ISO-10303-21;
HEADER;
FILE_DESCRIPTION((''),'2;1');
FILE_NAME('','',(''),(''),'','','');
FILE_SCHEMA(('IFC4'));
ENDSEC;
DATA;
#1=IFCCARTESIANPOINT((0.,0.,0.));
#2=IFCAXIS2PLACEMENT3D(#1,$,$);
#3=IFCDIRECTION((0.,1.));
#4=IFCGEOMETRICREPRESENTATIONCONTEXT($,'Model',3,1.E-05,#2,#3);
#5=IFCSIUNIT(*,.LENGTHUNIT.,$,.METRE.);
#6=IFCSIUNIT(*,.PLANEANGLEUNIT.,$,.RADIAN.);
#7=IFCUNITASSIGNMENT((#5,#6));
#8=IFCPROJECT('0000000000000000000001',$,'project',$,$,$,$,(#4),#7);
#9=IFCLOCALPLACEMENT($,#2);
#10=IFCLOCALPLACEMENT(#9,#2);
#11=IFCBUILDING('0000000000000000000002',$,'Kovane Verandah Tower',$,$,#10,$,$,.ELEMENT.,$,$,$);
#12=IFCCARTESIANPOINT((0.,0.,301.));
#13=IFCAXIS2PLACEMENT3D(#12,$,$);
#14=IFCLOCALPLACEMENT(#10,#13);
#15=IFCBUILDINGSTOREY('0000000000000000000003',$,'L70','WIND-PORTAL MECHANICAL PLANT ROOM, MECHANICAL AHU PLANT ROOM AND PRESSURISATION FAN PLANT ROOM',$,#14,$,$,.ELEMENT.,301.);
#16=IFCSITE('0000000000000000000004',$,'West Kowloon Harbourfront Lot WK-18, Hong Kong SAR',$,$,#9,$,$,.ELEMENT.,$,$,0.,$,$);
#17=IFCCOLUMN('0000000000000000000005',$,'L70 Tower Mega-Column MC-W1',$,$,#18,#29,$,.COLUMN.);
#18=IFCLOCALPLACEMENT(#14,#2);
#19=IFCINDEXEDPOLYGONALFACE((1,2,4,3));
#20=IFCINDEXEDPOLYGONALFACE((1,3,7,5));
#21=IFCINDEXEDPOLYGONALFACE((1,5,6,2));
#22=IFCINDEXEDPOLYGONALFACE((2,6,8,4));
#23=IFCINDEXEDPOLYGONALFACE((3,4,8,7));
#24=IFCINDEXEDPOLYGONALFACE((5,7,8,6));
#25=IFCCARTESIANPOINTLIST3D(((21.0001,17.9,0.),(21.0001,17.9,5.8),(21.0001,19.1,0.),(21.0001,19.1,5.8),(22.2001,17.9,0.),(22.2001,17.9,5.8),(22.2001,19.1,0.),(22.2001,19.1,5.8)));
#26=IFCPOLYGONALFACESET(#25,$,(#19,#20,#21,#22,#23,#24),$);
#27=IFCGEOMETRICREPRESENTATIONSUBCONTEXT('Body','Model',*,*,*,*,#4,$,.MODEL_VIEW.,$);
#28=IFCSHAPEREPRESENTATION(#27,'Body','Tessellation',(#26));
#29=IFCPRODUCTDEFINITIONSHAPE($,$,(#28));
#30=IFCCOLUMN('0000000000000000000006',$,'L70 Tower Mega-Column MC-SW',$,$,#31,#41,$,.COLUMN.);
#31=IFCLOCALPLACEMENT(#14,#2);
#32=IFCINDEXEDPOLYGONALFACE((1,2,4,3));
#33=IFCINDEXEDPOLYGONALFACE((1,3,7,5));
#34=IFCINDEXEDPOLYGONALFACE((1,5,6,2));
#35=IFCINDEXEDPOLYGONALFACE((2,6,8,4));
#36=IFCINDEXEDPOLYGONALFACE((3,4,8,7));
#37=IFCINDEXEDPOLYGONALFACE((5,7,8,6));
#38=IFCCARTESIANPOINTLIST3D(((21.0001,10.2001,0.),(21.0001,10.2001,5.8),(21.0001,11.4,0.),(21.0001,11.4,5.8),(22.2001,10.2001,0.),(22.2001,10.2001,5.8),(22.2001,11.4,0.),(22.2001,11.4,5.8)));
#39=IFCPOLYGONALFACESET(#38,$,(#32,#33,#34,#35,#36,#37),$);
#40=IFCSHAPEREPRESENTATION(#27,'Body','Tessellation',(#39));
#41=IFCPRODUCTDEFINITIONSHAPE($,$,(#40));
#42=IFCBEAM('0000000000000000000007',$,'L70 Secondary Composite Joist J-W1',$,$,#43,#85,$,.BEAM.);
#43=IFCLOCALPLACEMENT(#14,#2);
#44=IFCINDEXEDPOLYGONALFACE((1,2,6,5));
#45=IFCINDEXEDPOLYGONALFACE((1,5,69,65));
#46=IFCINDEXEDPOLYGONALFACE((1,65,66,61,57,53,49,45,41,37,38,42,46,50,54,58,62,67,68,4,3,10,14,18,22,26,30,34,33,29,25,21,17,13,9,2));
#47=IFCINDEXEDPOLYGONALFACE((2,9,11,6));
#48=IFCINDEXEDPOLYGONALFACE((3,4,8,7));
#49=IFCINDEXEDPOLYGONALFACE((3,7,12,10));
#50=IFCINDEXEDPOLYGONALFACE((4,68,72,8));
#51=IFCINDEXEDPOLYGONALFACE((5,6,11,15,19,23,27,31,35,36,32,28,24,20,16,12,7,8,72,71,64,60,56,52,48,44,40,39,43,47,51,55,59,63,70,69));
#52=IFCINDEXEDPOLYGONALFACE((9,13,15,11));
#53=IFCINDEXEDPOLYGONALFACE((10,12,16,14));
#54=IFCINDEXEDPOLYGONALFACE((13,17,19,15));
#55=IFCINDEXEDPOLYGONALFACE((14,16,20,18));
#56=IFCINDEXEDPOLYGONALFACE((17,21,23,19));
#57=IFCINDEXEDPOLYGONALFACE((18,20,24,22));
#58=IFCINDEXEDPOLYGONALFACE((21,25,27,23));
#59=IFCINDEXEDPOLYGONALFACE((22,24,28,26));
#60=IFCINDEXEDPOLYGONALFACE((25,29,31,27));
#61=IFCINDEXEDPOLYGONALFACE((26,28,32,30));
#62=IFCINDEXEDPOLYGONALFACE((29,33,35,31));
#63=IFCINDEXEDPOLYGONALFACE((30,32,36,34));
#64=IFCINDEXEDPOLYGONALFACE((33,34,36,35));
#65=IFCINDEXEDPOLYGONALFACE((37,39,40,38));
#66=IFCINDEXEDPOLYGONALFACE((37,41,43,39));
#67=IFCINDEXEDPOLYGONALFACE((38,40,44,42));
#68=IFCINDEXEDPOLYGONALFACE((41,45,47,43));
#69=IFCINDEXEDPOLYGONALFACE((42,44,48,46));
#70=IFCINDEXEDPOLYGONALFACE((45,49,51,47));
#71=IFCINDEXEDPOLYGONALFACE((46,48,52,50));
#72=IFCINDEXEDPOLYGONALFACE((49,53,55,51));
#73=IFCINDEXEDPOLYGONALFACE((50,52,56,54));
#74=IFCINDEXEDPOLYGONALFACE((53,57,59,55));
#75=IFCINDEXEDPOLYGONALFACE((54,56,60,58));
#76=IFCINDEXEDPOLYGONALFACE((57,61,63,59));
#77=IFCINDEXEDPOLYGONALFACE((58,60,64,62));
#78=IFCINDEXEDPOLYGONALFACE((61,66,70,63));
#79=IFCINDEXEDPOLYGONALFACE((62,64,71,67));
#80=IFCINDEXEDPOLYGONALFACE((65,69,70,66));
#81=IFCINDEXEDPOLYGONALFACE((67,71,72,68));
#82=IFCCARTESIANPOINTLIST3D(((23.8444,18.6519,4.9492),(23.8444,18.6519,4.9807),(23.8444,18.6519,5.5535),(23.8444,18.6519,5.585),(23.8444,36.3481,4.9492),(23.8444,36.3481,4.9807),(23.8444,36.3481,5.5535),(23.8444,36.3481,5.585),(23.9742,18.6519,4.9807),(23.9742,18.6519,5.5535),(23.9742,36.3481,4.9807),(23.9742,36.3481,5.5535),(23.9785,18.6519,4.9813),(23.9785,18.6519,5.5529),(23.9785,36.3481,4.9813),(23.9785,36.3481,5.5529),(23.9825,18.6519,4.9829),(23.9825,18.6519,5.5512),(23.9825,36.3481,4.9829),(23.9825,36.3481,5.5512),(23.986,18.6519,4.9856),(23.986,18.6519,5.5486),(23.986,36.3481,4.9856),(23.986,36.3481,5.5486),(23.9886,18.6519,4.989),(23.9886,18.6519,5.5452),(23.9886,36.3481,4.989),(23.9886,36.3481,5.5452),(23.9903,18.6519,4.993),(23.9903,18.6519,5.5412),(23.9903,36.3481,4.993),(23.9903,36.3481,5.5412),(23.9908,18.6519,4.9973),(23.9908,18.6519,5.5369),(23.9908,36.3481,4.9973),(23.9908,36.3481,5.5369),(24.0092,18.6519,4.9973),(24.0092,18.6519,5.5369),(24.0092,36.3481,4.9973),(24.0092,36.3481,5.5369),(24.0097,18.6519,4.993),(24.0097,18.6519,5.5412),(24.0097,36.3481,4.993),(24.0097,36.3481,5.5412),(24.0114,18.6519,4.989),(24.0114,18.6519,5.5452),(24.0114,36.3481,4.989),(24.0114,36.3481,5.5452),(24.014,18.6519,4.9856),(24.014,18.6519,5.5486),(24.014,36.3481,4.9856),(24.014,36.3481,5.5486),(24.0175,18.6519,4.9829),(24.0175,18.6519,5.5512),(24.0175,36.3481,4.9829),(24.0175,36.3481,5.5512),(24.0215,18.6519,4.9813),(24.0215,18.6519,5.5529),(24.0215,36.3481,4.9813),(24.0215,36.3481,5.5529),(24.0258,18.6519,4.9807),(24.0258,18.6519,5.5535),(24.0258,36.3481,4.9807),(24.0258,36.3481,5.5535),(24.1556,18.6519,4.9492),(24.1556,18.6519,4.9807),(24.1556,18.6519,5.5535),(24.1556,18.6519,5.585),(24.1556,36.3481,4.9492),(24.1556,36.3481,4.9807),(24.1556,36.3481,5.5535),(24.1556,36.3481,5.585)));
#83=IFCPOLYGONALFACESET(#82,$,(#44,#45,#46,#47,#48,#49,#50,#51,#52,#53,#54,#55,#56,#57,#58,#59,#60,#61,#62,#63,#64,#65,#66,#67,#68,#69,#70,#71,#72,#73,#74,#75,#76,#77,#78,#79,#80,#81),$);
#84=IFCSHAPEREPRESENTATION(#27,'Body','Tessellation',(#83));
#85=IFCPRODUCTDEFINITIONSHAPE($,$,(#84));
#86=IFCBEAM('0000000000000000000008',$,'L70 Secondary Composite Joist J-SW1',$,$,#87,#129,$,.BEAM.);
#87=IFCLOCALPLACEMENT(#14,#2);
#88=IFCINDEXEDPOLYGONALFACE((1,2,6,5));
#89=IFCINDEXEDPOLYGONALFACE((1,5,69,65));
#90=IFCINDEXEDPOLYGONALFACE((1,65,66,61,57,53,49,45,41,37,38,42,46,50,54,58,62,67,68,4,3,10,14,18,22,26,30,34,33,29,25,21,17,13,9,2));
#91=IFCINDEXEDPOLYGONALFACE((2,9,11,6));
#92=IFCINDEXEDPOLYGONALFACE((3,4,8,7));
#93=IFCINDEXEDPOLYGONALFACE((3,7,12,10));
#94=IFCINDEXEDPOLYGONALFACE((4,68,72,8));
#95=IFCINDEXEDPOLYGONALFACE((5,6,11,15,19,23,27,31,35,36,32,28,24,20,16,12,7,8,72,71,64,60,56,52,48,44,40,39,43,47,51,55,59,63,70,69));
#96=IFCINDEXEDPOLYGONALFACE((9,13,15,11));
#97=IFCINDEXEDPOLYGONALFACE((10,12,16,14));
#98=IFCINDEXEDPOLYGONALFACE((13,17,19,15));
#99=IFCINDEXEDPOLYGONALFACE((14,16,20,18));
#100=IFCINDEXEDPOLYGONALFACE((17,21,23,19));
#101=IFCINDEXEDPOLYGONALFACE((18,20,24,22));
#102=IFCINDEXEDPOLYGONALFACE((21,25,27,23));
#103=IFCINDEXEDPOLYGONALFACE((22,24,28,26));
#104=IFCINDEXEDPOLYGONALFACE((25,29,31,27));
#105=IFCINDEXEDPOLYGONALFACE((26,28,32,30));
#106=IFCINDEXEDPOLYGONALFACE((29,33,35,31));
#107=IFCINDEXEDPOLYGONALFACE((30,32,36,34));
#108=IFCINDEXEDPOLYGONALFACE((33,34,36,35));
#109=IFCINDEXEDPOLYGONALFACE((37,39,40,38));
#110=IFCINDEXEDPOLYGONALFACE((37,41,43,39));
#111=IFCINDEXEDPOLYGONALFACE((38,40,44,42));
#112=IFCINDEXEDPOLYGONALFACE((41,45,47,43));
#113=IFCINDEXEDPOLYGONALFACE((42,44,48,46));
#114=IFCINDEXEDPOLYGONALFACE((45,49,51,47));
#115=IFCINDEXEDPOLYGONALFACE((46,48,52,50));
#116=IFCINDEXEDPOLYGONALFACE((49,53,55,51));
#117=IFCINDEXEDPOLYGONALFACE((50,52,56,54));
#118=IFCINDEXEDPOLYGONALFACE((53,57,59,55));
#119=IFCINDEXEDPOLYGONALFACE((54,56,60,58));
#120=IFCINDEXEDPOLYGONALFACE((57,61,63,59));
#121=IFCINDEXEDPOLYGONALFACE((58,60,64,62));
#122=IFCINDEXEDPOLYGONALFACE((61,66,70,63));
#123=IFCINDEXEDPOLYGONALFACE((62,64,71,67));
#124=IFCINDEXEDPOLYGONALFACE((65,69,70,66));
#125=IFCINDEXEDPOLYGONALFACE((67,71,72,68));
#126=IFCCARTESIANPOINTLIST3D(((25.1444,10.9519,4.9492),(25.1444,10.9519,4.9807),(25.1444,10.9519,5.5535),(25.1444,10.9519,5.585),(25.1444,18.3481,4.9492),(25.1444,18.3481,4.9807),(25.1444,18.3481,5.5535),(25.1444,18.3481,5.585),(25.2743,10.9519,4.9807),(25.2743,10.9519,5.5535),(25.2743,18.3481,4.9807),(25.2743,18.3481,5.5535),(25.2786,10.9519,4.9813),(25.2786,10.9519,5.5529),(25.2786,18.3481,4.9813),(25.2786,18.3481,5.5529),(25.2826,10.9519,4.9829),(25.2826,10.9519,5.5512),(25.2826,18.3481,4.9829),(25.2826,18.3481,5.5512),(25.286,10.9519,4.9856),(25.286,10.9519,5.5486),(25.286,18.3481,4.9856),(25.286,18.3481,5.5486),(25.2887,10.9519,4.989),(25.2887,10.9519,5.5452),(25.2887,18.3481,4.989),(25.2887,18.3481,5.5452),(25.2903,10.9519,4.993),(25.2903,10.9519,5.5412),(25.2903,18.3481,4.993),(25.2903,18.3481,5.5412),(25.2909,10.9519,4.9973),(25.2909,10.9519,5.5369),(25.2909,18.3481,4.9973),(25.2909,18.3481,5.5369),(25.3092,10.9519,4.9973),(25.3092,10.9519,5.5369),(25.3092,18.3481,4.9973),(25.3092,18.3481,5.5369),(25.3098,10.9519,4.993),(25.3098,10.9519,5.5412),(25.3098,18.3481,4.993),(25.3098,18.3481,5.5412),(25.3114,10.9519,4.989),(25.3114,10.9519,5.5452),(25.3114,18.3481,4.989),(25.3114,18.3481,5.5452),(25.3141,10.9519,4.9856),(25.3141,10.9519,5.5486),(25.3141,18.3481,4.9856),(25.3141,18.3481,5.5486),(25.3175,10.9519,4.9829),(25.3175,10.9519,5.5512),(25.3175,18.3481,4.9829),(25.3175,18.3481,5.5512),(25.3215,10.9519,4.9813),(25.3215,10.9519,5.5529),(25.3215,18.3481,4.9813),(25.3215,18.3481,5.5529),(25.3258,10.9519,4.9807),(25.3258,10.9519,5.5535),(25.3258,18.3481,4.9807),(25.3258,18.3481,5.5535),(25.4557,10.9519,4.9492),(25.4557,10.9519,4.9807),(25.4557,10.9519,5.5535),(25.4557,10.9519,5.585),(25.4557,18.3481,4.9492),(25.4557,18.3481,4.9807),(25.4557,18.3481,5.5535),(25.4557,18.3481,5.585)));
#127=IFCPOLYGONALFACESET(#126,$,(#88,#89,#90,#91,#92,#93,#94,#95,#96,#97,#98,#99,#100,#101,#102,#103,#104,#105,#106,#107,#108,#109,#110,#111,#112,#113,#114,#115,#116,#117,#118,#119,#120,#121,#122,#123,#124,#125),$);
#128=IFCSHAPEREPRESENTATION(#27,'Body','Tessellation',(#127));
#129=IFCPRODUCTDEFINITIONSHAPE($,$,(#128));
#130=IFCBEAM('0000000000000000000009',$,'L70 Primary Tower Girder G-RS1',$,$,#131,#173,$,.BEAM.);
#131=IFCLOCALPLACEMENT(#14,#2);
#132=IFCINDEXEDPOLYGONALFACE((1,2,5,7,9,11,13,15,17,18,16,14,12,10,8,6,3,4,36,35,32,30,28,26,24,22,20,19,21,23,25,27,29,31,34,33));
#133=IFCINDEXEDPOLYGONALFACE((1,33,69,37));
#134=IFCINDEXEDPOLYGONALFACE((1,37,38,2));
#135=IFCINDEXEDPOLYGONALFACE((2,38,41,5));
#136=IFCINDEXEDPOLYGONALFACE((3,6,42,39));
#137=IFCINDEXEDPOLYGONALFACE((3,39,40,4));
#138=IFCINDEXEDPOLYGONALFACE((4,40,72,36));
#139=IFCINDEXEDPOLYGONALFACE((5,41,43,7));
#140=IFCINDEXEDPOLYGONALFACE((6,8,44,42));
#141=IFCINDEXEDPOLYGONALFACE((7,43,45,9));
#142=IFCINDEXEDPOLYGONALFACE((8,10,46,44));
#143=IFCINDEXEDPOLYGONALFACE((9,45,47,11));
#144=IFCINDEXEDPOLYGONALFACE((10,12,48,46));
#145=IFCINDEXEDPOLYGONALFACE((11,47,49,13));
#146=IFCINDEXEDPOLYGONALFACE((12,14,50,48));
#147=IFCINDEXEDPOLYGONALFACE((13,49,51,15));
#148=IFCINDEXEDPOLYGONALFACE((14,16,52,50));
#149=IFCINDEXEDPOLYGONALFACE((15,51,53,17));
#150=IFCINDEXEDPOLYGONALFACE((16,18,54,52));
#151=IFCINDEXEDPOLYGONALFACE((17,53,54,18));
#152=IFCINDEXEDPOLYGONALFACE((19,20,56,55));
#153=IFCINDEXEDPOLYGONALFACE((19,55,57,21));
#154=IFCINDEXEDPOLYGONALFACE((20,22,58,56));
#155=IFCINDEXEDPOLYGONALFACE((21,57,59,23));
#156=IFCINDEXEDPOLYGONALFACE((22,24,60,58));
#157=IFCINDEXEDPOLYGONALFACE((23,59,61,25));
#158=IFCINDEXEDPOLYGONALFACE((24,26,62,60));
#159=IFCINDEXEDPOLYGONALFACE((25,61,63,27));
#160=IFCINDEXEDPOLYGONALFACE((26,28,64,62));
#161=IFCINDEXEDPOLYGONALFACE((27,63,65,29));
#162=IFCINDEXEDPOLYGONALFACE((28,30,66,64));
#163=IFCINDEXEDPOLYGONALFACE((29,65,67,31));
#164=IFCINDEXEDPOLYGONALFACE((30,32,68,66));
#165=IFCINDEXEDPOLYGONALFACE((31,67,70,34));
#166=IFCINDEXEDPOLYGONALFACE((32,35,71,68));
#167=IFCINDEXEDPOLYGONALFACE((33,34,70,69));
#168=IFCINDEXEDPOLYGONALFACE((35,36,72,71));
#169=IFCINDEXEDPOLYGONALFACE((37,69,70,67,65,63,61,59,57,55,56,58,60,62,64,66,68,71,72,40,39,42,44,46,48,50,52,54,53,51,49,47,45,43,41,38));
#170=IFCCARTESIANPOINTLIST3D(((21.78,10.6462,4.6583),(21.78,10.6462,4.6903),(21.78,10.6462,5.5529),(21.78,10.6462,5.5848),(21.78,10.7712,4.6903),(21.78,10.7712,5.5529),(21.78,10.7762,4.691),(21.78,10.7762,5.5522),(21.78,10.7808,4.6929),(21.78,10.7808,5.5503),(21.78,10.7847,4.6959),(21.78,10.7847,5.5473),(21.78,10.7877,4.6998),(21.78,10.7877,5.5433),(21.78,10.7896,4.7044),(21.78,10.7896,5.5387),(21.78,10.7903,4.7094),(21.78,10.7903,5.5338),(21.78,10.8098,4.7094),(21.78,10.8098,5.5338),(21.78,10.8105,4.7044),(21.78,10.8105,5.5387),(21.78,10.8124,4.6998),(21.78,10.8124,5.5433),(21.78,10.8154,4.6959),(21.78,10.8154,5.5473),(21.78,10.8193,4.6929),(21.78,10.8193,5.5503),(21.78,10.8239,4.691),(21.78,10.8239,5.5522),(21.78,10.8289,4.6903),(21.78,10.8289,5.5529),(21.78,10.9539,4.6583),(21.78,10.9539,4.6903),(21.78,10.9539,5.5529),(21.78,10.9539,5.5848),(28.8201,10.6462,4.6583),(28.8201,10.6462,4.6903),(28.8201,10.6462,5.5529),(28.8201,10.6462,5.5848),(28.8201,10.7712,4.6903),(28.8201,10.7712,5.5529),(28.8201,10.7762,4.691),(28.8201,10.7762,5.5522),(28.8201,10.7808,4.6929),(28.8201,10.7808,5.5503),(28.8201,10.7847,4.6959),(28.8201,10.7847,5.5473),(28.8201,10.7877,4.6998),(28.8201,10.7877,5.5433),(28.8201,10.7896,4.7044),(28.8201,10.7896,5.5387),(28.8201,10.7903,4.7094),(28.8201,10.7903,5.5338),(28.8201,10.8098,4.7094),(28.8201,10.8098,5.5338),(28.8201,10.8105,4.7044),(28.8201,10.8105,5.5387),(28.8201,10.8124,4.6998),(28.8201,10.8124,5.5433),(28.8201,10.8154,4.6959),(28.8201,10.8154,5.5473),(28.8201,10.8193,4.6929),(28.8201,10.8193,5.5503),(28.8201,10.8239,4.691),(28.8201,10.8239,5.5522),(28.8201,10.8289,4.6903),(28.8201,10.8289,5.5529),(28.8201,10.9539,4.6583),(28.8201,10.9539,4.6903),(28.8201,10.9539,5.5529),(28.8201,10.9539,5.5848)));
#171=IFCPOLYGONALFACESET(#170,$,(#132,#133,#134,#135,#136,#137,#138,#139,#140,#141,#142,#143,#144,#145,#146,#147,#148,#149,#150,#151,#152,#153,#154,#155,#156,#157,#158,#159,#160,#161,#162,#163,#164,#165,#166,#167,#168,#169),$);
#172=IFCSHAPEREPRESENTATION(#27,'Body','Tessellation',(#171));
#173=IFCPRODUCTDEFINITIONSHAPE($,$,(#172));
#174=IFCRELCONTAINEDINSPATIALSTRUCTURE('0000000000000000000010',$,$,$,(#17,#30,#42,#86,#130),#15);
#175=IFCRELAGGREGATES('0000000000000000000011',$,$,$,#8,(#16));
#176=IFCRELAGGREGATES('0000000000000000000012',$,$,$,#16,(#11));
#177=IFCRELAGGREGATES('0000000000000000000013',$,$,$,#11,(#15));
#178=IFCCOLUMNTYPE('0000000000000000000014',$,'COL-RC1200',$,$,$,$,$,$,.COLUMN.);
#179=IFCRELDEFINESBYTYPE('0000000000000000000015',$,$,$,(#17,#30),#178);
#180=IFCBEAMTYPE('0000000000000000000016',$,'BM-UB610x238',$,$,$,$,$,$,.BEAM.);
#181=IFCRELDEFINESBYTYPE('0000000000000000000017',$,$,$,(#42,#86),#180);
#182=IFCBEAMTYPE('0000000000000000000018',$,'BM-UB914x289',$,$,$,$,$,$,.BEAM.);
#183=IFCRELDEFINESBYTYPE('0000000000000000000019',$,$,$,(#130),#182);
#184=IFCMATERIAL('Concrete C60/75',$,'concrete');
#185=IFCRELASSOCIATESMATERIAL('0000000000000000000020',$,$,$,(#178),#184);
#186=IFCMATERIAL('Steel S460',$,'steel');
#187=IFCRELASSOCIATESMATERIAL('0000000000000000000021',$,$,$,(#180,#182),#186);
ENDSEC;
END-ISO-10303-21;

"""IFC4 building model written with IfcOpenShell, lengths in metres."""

from ifc_helpers import new_model, si_unit, direction, frame, origin, origin_2d, place, context, subcontext, project, spatial, rectangle, i_section, extrude, material, material_profile, profile_set, type_object, element, save


model = new_model("IFC4")

# Units and contexts
model_context = context("Model", 3, precision=1e-05, world=origin(), true_north=direction((0.0, 1.0)))
body_context = subcontext(model_context, "Body", "Model", "MODEL_VIEW")
ifc_project = project(units=[si_unit("LENGTHUNIT", "METRE"), si_unit("PLANEANGLEUNIT", "RADIAN")], contexts=[model_context])

# Site, building, storey
site_placement = place(None, origin())
site = spatial("IfcSite", under=ifc_project, at=site_placement, Name="West Kowloon Harbourfront Lot WK-18, Hong Kong SAR", CompositionType="ELEMENT", RefElevation=0.0)
building_placement = place(site_placement, origin())
building = spatial("IfcBuilding", under=site, at=building_placement, Name="Kovane Verandah Tower", CompositionType="ELEMENT")
storey_placement = place(building_placement, frame((0.0, 0.0, 301.0)))
storey = spatial("IfcBuildingStorey", under=building, at=storey_placement, Name="L70", Description="WIND-PORTAL MECHANICAL PLANT ROOM, MECHANICAL AHU PLANT ROOM AND PRESSURISATION FAN PLANT ROOM", CompositionType="ELEMENT", Elevation=301.0)

# Columns
ifc_material_1 = material(Name="Concrete C60/75", Category="concrete")
ifc_material_profile_1 = material_profile(ifc_material_1, rectangle(XDim=1.2, YDim=1.2, at=origin_2d()), Name="RC1200x1200")
ifc_profile_set_1 = profile_set([ifc_material_profile_1], Name="Concrete C60/75")
column_type = type_object("IfcColumnType", Name="COL-RC1200", PredefinedType="COLUMN", material=ifc_profile_set_1)
for number, where, z_axis, x_axis, name in (
    (1, (21.6001, 18.5, 0.0), (0.0, 0.0, 1.0), (1.0, 0.0, 0.0), "L70 Tower Mega-Column MC-W1"),
    (2, (21.6001, 10.8, 0.0), (0.0, 0.0, 1.0), (1.0, 0.0, 0.0), "L70 Tower Mega-Column MC-SW"),
):
    element("IfcColumn", number, at=place(storey_placement, frame(where, z_axis=z_axis, x_axis=x_axis)), inside=storey, type_object=column_type, Name=name, PredefinedType="COLUMN", context=body_context, shape_type="SweptSolid", body=[
        extrude(rectangle(XDim=1.2, YDim=1.2, at=origin_2d()), origin(), (0.0, 0.0, 1.0), 5.8),
    ])

# Beams
ifc_material_2 = material(Name="Steel S460", Category="steel")
ifc_material_profile_2 = material_profile(ifc_material_2, i_section(OverallWidth=0.3113, OverallDepth=0.6357, WebThickness=0.0183, FlangeThickness=0.0315, FilletRadius=0.0166, at=origin_2d()), Name="UB610x305x238")
ifc_profile_set_2 = profile_set([ifc_material_profile_2], Name="Steel S460")
beam_type_1 = type_object("IfcBeamType", Name="BM-UB610x238", PredefinedType="BEAM", material=ifc_profile_set_2)
beam_1_placement = place(storey_placement, frame((24.0, 18.6519, 5.2671), z_axis=(0.0, 1.0, 0.0), x_axis=(-1.0, 0.0, 0.0)))
element("IfcBeam", 3, at=beam_1_placement, inside=storey, type_object=beam_type_1, Name="L70 Secondary Composite Joist J-W1", PredefinedType="BEAM", context=body_context, shape_type="SweptSolid", body=[
    extrude(i_section(OverallWidth=0.3113, OverallDepth=0.6357, WebThickness=0.0183, FlangeThickness=0.0315, FilletRadius=0.0166, at=origin_2d()), origin(), (0.0, 0.0, 1.0), 17.6963),
])
beam_2_placement = place(storey_placement, frame((25.3, 10.9519, 5.2671), z_axis=(0.0, 1.0, 0.0), x_axis=(-1.0, 0.0, 0.0)))
element("IfcBeam", 4, at=beam_2_placement, inside=storey, type_object=beam_type_1, Name="L70 Secondary Composite Joist J-SW1", PredefinedType="BEAM", context=body_context, shape_type="SweptSolid", body=[
    extrude(i_section(OverallWidth=0.3113, OverallDepth=0.6357, WebThickness=0.0183, FlangeThickness=0.0315, FilletRadius=0.0166, at=origin_2d()), origin(), (0.0, 0.0, 1.0), 7.3962),
])
ifc_material_profile_3 = material_profile(ifc_material_2, i_section(OverallWidth=0.3076, OverallDepth=0.9265, WebThickness=0.0195, FlangeThickness=0.032, FilletRadius=0.019, at=origin_2d()), Name="UB914x305x289")
ifc_profile_set_3 = profile_set([ifc_material_profile_3], Name="Steel S460")
beam_type_2 = type_object("IfcBeamType", Name="BM-UB914x289", PredefinedType="BEAM", material=ifc_profile_set_3)
beam_3_placement = place(storey_placement, frame((21.78, 10.8, 5.1216), z_axis=(1.0, 0.0, 0.0), x_axis=(0.0, 1.0, 0.0)))
element("IfcBeam", 5, at=beam_3_placement, inside=storey, type_object=beam_type_2, Name="L70 Primary Tower Girder G-RS1", PredefinedType="BEAM", context=body_context, shape_type="SweptSolid", body=[
    extrude(i_section(OverallWidth=0.3076, OverallDepth=0.9265, WebThickness=0.0195, FlangeThickness=0.032, FilletRadius=0.019, at=origin_2d()), origin(), (0.0, 0.0, 1.0), 7.04),
])

save(model, "model.ifc")
